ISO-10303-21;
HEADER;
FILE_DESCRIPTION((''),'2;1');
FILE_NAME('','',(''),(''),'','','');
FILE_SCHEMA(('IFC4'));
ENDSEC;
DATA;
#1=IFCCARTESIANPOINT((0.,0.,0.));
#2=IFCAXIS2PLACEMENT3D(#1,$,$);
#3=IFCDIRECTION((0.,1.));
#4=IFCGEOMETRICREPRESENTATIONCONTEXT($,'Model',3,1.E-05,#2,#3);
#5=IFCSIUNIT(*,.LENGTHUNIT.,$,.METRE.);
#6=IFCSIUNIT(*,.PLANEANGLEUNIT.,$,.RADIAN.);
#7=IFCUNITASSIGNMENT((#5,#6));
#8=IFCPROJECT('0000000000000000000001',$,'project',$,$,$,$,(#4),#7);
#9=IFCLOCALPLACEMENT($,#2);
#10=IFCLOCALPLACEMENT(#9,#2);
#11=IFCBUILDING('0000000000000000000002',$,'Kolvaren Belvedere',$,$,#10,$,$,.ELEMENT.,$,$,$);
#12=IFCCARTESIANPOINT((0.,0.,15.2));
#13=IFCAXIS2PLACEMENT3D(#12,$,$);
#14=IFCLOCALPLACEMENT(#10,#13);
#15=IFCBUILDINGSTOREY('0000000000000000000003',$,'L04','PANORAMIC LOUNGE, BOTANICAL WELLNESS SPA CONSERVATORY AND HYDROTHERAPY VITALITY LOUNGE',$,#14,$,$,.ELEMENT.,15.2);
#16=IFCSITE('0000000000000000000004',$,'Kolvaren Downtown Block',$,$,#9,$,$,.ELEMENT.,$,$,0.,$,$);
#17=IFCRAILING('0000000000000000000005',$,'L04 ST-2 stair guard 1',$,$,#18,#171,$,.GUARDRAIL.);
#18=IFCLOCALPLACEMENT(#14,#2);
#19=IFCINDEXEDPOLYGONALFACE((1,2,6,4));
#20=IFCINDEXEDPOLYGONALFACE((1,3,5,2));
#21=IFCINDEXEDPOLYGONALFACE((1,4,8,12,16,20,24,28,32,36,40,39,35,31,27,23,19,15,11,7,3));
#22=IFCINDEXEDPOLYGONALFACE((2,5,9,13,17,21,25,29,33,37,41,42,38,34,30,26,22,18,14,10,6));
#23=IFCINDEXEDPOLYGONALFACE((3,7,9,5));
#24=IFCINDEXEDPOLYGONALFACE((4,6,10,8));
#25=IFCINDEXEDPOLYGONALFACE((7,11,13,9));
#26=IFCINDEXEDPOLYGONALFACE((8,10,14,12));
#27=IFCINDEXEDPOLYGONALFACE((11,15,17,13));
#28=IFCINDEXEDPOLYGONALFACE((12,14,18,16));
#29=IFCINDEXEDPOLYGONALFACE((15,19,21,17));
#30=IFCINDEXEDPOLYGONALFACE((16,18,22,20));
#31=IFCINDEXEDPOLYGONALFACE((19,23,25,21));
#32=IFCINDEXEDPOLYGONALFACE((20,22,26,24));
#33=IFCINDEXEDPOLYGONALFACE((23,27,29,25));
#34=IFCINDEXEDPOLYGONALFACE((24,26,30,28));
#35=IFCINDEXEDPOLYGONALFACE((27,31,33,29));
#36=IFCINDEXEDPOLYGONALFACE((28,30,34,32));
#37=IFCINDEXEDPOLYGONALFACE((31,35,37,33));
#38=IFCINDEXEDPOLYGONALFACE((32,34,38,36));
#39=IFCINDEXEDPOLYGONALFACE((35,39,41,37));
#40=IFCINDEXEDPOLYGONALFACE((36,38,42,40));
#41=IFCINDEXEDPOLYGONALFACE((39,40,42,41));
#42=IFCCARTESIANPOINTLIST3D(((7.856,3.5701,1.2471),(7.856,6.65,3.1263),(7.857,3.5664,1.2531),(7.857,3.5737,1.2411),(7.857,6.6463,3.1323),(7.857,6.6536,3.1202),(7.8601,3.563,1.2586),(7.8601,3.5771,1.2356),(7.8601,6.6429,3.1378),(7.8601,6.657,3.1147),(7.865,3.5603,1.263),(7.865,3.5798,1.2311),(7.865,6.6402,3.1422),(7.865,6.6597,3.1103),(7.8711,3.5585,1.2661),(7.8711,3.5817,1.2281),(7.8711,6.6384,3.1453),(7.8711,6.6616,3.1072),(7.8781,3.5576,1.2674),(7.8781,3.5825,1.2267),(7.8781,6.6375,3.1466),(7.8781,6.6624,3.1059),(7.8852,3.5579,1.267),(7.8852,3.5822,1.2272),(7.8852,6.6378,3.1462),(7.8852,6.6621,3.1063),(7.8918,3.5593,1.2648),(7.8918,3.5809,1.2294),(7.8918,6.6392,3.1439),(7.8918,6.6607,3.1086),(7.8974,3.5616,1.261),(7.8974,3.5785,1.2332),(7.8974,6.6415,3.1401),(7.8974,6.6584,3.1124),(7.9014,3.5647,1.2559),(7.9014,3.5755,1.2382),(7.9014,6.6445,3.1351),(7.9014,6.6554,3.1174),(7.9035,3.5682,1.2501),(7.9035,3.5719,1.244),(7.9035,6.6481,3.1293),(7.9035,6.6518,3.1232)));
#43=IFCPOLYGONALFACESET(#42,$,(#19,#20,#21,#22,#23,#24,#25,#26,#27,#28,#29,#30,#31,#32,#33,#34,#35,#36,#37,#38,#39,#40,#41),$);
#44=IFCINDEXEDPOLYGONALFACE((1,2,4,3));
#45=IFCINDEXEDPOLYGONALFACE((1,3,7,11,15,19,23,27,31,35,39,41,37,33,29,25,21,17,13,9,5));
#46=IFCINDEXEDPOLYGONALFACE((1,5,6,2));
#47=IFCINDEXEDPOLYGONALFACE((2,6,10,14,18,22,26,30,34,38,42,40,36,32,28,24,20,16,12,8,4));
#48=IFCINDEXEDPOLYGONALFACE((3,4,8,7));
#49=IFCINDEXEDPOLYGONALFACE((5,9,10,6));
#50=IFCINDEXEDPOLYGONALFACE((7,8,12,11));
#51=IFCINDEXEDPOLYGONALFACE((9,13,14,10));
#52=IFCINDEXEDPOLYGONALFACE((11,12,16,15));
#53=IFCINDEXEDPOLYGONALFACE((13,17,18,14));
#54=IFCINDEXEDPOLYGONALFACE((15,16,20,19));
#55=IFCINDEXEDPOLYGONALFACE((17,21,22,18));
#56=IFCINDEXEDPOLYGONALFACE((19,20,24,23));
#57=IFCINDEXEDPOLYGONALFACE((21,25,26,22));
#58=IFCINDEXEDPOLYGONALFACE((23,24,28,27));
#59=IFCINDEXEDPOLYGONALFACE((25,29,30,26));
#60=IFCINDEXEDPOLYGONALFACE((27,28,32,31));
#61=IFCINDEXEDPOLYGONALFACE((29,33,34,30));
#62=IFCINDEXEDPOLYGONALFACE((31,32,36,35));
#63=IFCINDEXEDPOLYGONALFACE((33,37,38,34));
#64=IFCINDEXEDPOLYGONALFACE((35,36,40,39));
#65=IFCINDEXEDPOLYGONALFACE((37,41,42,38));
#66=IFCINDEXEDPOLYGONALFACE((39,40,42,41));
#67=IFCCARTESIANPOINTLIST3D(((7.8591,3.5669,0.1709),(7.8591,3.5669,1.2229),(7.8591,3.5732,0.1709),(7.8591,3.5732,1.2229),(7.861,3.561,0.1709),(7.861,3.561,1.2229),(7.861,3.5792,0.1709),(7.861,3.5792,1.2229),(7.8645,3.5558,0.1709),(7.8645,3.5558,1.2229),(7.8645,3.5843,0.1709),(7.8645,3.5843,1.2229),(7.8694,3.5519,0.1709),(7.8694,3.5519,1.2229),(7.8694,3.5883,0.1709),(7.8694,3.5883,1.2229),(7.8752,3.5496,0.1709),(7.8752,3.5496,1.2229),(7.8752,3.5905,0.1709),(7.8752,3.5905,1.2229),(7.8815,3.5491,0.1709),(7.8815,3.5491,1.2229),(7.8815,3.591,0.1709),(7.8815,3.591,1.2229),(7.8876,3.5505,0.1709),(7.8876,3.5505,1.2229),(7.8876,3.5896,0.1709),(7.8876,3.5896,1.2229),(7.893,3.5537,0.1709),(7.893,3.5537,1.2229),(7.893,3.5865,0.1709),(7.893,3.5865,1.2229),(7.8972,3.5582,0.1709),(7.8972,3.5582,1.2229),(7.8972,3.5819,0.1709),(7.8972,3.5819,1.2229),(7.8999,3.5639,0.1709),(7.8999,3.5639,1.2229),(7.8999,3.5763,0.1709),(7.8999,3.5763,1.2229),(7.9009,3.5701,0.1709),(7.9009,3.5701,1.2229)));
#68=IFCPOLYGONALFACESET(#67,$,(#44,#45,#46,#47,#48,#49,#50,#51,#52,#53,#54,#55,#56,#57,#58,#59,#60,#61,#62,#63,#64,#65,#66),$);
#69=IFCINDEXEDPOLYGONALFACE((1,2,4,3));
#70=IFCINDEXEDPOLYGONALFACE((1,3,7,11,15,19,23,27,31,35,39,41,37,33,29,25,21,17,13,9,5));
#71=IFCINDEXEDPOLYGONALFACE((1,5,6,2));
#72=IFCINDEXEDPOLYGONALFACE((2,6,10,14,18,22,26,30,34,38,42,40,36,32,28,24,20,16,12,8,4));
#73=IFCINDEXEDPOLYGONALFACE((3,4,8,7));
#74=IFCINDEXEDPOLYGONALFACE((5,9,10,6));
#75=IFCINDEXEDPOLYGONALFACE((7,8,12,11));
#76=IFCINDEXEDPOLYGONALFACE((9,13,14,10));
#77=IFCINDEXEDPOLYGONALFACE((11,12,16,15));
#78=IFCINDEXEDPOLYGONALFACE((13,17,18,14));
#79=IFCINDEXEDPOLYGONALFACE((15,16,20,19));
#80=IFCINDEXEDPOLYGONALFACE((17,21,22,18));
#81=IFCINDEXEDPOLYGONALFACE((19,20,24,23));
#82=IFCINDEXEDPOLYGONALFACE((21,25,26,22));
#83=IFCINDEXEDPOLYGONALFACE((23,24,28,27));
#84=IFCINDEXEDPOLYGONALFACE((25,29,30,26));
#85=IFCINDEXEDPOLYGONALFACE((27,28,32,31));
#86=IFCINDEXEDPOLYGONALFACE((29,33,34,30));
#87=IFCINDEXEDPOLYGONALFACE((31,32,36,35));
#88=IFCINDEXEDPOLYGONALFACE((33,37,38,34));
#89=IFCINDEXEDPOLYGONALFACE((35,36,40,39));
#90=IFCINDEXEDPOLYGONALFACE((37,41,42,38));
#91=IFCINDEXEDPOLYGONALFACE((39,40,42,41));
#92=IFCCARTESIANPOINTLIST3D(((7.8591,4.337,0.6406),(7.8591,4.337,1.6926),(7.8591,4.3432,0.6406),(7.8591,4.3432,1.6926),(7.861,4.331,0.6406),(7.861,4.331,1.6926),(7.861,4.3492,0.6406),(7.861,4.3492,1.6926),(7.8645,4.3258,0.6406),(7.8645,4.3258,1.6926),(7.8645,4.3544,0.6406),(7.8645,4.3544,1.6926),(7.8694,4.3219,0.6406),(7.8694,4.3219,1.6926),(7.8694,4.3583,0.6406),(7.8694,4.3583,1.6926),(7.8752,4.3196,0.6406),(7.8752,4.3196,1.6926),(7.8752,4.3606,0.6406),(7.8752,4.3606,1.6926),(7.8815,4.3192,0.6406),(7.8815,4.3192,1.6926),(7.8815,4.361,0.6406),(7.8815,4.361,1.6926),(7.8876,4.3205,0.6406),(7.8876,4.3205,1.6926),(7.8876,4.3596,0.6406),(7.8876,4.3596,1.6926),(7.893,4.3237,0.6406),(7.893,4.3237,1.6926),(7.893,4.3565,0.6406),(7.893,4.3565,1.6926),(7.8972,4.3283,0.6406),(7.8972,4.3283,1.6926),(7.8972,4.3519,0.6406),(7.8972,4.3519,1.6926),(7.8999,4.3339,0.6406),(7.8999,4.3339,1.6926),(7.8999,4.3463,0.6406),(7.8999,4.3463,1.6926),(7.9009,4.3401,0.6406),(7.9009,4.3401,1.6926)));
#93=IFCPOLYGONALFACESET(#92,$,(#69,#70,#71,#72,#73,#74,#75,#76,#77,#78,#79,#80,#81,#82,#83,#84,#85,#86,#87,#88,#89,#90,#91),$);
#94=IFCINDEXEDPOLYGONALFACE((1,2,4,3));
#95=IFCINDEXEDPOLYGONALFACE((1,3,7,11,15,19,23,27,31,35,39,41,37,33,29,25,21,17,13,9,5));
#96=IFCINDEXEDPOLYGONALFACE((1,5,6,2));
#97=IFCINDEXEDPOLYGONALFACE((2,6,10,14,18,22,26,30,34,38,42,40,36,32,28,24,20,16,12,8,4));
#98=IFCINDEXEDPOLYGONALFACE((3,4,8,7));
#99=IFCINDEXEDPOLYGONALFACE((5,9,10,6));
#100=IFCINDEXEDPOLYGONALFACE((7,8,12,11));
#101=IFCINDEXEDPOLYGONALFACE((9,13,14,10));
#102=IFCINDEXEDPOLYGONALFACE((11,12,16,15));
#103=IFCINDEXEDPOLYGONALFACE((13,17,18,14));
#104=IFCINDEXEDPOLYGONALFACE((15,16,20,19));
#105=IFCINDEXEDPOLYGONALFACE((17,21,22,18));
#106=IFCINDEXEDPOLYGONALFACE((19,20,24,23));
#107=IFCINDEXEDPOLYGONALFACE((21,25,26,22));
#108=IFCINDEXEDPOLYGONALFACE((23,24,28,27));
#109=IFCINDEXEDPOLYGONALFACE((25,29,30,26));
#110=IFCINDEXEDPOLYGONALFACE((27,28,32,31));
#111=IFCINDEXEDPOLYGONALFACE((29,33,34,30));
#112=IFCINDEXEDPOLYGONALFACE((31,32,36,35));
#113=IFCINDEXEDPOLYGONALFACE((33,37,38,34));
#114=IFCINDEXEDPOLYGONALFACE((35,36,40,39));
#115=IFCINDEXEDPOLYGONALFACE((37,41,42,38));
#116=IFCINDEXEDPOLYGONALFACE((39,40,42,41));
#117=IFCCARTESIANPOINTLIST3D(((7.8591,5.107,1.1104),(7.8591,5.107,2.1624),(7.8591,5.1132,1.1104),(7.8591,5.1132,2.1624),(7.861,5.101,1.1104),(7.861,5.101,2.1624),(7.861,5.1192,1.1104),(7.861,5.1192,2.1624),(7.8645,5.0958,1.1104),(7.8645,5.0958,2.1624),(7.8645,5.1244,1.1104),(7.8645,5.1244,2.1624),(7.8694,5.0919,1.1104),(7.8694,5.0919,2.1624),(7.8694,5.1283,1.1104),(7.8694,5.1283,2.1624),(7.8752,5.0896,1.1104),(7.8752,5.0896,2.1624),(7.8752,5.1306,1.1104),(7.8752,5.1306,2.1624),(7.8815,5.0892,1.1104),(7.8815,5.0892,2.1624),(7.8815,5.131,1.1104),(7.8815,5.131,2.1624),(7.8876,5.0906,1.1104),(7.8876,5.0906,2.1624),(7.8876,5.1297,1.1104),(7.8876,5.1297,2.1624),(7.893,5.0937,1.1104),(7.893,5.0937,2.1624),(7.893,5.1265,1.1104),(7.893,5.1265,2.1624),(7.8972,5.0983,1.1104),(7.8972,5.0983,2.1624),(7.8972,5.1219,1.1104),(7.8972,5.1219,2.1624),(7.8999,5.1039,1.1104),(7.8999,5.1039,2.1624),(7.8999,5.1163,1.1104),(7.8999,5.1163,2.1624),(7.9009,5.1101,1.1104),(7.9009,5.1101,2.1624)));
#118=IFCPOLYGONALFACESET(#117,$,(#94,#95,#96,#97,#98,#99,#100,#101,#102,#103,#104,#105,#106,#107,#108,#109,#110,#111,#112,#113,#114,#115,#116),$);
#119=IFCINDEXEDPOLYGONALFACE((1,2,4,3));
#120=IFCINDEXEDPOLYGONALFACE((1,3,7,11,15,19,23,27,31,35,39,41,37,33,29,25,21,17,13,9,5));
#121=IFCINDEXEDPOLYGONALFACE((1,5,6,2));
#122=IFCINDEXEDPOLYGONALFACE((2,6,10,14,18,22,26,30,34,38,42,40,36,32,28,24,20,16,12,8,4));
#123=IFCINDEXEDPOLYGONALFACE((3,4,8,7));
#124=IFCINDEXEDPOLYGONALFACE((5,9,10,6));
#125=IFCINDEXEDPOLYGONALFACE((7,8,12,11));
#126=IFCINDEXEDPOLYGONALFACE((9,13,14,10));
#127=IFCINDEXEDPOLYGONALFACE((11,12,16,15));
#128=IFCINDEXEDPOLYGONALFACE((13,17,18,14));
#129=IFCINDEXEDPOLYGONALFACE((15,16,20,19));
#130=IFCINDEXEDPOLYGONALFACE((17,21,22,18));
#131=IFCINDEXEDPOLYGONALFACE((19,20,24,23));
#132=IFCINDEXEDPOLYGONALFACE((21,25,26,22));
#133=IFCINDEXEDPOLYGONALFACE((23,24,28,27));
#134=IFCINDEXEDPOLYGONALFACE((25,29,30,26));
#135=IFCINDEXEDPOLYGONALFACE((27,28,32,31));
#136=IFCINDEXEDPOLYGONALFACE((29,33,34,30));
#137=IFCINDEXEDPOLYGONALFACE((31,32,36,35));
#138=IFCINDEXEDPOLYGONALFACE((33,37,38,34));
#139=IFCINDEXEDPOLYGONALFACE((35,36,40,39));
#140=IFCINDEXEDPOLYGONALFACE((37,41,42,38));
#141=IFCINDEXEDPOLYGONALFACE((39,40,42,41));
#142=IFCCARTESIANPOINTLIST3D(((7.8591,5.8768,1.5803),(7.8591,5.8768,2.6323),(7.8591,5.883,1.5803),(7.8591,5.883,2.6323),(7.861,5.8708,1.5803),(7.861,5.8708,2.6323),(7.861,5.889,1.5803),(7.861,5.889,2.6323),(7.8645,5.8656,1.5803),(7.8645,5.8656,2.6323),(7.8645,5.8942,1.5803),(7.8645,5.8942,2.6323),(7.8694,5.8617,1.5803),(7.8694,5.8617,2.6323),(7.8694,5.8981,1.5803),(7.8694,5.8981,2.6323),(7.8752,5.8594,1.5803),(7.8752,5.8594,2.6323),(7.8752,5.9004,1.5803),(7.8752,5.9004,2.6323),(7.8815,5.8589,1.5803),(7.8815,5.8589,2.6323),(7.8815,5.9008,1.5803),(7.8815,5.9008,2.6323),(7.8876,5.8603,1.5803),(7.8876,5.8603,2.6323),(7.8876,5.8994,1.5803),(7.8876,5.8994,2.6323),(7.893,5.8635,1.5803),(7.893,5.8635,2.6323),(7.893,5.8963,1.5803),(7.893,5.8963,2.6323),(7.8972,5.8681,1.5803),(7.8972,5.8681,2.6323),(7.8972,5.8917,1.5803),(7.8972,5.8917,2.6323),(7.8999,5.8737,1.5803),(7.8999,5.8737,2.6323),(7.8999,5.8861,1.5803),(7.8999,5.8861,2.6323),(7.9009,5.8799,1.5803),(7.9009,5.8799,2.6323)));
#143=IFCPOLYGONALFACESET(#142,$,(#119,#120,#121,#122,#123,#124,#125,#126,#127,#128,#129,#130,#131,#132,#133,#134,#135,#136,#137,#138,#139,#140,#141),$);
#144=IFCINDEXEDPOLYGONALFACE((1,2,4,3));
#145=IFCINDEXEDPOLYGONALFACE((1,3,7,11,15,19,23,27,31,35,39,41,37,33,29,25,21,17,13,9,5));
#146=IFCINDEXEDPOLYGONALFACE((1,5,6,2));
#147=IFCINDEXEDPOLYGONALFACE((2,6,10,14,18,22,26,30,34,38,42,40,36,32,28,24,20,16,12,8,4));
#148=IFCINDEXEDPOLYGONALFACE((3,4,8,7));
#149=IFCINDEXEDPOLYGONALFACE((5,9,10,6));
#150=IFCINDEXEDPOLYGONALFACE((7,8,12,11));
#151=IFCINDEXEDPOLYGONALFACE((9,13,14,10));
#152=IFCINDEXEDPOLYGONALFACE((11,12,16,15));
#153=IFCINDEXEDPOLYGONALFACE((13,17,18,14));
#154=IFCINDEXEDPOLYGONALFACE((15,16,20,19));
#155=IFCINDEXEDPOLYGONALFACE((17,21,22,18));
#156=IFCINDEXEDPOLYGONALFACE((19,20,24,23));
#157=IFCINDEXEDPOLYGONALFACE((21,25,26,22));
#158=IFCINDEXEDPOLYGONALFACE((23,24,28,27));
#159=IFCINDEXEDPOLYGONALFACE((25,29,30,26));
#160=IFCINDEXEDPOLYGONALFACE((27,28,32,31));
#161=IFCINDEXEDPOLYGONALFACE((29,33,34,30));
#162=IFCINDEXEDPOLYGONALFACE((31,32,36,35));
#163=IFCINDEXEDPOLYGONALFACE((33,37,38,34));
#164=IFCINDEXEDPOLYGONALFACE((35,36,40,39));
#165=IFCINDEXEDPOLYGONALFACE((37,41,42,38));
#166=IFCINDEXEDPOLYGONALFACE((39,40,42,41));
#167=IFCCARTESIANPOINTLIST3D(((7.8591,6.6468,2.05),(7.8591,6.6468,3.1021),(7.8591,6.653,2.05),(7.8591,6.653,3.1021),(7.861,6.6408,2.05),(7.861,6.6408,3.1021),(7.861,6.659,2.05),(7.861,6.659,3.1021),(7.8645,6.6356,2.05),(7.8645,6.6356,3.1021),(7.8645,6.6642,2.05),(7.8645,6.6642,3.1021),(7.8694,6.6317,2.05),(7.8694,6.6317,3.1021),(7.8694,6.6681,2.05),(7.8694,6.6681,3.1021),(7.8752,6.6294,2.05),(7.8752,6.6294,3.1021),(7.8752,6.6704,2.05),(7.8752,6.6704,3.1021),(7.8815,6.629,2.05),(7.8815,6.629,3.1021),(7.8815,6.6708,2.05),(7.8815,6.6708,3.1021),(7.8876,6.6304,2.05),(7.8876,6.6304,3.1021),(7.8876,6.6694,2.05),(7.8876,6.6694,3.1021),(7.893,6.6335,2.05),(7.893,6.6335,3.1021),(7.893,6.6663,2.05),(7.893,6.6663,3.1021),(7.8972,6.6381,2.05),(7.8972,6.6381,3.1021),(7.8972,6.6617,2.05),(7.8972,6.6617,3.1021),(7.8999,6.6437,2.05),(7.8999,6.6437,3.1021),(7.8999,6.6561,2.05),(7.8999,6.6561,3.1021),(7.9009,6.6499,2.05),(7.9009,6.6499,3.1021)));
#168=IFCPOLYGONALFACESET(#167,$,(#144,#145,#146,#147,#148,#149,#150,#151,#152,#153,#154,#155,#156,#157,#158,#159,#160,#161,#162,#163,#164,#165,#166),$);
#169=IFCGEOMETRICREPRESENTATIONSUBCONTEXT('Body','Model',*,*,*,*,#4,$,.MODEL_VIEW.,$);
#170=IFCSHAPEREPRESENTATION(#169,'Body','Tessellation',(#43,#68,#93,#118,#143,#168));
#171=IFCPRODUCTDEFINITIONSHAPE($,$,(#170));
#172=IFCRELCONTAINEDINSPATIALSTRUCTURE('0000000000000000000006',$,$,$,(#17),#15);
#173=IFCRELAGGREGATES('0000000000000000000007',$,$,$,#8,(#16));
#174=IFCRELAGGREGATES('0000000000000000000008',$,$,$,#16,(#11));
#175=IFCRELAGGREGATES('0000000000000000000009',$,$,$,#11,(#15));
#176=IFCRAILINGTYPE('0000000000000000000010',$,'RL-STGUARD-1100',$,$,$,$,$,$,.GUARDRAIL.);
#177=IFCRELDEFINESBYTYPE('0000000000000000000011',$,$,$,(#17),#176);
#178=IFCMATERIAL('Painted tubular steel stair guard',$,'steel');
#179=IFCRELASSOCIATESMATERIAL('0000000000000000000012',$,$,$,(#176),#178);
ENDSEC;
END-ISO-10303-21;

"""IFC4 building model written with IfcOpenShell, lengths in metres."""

from ifc_helpers import new_model, si_unit, direction, frame, origin, origin_2d, place, context, subcontext, project, spatial, circle, extrude, material, type_object, element, save


model = new_model("IFC4")

# Units and contexts
model_context = context("Model", 3, precision=1e-05, world=origin(), true_north=direction((0.0, 1.0)))
body_context = subcontext(model_context, "Body", "Model", "MODEL_VIEW")
ifc_project = project(units=[si_unit("LENGTHUNIT", "METRE"), si_unit("PLANEANGLEUNIT", "RADIAN")], contexts=[model_context])

# Site, building, storey
site_placement = place(None, origin())
site = spatial("IfcSite", under=ifc_project, at=site_placement, Name="Kolvaren Downtown Block", CompositionType="ELEMENT", RefElevation=0.0)
building_placement = place(site_placement, origin())
building = spatial("IfcBuilding", under=site, at=building_placement, Name="Kolvaren Belvedere", CompositionType="ELEMENT")
storey_placement = place(building_placement, frame((0.0, 0.0, 15.2)))
storey = spatial("IfcBuildingStorey", under=building, at=storey_placement, Name="L04", Description="PANORAMIC LOUNGE, BOTANICAL WELLNESS SPA CONSERVATORY AND HYDROTHERAPY VITALITY LOUNGE", CompositionType="ELEMENT", Elevation=15.2)

# Railing
ifc_material_1 = material(Name="Painted tubular steel stair guard", Category="steel")
railing_type_1 = type_object("IfcRailingType", Name="RL-STGUARD-1100", PredefinedType="GUARDRAIL", material=ifc_material_1)
railing_1_placement = place(storey_placement, frame((7.8799, 3.5701, 0.1709)))
element("IfcRailing", 1, at=railing_1_placement, inside=storey, type_object=railing_type_1, Name="L04 ST-2 stair guard 1", PredefinedType="GUARDRAIL", context=body_context, shape_type="SweptSolid", body=[
    extrude(circle(Radius=0.0239, at=origin_2d()), frame((0.0, 0.0, 1.0762), z_axis=(0.0, 0.853648, 0.52085), x_axis=(-1.0, 0.0, 0.0)), (0.0, 0.0, 1.0), 3.6079),
    extrude(circle(Radius=0.021, at=origin_2d()), origin(), (0.0, 0.0, 1.0), 1.052),
    extrude(circle(Radius=0.021, at=origin_2d()), frame((0.0, 0.77, 0.4697)), (0.0, 0.0, 1.0), 1.052),
    extrude(circle(Radius=0.021, at=origin_2d()), frame((0.0, 1.54, 0.9395)), (0.0, 0.0, 1.0), 1.052),
    extrude(circle(Radius=0.021, at=origin_2d()), frame((0.0, 2.3098, 1.4094)), (0.0, 0.0, 1.0), 1.052),
    extrude(circle(Radius=0.021, at=origin_2d()), frame((0.0, 3.0798, 1.8792)), (0.0, 0.0, 1.0), 1.052),
])

save(model, "model.ifc")
